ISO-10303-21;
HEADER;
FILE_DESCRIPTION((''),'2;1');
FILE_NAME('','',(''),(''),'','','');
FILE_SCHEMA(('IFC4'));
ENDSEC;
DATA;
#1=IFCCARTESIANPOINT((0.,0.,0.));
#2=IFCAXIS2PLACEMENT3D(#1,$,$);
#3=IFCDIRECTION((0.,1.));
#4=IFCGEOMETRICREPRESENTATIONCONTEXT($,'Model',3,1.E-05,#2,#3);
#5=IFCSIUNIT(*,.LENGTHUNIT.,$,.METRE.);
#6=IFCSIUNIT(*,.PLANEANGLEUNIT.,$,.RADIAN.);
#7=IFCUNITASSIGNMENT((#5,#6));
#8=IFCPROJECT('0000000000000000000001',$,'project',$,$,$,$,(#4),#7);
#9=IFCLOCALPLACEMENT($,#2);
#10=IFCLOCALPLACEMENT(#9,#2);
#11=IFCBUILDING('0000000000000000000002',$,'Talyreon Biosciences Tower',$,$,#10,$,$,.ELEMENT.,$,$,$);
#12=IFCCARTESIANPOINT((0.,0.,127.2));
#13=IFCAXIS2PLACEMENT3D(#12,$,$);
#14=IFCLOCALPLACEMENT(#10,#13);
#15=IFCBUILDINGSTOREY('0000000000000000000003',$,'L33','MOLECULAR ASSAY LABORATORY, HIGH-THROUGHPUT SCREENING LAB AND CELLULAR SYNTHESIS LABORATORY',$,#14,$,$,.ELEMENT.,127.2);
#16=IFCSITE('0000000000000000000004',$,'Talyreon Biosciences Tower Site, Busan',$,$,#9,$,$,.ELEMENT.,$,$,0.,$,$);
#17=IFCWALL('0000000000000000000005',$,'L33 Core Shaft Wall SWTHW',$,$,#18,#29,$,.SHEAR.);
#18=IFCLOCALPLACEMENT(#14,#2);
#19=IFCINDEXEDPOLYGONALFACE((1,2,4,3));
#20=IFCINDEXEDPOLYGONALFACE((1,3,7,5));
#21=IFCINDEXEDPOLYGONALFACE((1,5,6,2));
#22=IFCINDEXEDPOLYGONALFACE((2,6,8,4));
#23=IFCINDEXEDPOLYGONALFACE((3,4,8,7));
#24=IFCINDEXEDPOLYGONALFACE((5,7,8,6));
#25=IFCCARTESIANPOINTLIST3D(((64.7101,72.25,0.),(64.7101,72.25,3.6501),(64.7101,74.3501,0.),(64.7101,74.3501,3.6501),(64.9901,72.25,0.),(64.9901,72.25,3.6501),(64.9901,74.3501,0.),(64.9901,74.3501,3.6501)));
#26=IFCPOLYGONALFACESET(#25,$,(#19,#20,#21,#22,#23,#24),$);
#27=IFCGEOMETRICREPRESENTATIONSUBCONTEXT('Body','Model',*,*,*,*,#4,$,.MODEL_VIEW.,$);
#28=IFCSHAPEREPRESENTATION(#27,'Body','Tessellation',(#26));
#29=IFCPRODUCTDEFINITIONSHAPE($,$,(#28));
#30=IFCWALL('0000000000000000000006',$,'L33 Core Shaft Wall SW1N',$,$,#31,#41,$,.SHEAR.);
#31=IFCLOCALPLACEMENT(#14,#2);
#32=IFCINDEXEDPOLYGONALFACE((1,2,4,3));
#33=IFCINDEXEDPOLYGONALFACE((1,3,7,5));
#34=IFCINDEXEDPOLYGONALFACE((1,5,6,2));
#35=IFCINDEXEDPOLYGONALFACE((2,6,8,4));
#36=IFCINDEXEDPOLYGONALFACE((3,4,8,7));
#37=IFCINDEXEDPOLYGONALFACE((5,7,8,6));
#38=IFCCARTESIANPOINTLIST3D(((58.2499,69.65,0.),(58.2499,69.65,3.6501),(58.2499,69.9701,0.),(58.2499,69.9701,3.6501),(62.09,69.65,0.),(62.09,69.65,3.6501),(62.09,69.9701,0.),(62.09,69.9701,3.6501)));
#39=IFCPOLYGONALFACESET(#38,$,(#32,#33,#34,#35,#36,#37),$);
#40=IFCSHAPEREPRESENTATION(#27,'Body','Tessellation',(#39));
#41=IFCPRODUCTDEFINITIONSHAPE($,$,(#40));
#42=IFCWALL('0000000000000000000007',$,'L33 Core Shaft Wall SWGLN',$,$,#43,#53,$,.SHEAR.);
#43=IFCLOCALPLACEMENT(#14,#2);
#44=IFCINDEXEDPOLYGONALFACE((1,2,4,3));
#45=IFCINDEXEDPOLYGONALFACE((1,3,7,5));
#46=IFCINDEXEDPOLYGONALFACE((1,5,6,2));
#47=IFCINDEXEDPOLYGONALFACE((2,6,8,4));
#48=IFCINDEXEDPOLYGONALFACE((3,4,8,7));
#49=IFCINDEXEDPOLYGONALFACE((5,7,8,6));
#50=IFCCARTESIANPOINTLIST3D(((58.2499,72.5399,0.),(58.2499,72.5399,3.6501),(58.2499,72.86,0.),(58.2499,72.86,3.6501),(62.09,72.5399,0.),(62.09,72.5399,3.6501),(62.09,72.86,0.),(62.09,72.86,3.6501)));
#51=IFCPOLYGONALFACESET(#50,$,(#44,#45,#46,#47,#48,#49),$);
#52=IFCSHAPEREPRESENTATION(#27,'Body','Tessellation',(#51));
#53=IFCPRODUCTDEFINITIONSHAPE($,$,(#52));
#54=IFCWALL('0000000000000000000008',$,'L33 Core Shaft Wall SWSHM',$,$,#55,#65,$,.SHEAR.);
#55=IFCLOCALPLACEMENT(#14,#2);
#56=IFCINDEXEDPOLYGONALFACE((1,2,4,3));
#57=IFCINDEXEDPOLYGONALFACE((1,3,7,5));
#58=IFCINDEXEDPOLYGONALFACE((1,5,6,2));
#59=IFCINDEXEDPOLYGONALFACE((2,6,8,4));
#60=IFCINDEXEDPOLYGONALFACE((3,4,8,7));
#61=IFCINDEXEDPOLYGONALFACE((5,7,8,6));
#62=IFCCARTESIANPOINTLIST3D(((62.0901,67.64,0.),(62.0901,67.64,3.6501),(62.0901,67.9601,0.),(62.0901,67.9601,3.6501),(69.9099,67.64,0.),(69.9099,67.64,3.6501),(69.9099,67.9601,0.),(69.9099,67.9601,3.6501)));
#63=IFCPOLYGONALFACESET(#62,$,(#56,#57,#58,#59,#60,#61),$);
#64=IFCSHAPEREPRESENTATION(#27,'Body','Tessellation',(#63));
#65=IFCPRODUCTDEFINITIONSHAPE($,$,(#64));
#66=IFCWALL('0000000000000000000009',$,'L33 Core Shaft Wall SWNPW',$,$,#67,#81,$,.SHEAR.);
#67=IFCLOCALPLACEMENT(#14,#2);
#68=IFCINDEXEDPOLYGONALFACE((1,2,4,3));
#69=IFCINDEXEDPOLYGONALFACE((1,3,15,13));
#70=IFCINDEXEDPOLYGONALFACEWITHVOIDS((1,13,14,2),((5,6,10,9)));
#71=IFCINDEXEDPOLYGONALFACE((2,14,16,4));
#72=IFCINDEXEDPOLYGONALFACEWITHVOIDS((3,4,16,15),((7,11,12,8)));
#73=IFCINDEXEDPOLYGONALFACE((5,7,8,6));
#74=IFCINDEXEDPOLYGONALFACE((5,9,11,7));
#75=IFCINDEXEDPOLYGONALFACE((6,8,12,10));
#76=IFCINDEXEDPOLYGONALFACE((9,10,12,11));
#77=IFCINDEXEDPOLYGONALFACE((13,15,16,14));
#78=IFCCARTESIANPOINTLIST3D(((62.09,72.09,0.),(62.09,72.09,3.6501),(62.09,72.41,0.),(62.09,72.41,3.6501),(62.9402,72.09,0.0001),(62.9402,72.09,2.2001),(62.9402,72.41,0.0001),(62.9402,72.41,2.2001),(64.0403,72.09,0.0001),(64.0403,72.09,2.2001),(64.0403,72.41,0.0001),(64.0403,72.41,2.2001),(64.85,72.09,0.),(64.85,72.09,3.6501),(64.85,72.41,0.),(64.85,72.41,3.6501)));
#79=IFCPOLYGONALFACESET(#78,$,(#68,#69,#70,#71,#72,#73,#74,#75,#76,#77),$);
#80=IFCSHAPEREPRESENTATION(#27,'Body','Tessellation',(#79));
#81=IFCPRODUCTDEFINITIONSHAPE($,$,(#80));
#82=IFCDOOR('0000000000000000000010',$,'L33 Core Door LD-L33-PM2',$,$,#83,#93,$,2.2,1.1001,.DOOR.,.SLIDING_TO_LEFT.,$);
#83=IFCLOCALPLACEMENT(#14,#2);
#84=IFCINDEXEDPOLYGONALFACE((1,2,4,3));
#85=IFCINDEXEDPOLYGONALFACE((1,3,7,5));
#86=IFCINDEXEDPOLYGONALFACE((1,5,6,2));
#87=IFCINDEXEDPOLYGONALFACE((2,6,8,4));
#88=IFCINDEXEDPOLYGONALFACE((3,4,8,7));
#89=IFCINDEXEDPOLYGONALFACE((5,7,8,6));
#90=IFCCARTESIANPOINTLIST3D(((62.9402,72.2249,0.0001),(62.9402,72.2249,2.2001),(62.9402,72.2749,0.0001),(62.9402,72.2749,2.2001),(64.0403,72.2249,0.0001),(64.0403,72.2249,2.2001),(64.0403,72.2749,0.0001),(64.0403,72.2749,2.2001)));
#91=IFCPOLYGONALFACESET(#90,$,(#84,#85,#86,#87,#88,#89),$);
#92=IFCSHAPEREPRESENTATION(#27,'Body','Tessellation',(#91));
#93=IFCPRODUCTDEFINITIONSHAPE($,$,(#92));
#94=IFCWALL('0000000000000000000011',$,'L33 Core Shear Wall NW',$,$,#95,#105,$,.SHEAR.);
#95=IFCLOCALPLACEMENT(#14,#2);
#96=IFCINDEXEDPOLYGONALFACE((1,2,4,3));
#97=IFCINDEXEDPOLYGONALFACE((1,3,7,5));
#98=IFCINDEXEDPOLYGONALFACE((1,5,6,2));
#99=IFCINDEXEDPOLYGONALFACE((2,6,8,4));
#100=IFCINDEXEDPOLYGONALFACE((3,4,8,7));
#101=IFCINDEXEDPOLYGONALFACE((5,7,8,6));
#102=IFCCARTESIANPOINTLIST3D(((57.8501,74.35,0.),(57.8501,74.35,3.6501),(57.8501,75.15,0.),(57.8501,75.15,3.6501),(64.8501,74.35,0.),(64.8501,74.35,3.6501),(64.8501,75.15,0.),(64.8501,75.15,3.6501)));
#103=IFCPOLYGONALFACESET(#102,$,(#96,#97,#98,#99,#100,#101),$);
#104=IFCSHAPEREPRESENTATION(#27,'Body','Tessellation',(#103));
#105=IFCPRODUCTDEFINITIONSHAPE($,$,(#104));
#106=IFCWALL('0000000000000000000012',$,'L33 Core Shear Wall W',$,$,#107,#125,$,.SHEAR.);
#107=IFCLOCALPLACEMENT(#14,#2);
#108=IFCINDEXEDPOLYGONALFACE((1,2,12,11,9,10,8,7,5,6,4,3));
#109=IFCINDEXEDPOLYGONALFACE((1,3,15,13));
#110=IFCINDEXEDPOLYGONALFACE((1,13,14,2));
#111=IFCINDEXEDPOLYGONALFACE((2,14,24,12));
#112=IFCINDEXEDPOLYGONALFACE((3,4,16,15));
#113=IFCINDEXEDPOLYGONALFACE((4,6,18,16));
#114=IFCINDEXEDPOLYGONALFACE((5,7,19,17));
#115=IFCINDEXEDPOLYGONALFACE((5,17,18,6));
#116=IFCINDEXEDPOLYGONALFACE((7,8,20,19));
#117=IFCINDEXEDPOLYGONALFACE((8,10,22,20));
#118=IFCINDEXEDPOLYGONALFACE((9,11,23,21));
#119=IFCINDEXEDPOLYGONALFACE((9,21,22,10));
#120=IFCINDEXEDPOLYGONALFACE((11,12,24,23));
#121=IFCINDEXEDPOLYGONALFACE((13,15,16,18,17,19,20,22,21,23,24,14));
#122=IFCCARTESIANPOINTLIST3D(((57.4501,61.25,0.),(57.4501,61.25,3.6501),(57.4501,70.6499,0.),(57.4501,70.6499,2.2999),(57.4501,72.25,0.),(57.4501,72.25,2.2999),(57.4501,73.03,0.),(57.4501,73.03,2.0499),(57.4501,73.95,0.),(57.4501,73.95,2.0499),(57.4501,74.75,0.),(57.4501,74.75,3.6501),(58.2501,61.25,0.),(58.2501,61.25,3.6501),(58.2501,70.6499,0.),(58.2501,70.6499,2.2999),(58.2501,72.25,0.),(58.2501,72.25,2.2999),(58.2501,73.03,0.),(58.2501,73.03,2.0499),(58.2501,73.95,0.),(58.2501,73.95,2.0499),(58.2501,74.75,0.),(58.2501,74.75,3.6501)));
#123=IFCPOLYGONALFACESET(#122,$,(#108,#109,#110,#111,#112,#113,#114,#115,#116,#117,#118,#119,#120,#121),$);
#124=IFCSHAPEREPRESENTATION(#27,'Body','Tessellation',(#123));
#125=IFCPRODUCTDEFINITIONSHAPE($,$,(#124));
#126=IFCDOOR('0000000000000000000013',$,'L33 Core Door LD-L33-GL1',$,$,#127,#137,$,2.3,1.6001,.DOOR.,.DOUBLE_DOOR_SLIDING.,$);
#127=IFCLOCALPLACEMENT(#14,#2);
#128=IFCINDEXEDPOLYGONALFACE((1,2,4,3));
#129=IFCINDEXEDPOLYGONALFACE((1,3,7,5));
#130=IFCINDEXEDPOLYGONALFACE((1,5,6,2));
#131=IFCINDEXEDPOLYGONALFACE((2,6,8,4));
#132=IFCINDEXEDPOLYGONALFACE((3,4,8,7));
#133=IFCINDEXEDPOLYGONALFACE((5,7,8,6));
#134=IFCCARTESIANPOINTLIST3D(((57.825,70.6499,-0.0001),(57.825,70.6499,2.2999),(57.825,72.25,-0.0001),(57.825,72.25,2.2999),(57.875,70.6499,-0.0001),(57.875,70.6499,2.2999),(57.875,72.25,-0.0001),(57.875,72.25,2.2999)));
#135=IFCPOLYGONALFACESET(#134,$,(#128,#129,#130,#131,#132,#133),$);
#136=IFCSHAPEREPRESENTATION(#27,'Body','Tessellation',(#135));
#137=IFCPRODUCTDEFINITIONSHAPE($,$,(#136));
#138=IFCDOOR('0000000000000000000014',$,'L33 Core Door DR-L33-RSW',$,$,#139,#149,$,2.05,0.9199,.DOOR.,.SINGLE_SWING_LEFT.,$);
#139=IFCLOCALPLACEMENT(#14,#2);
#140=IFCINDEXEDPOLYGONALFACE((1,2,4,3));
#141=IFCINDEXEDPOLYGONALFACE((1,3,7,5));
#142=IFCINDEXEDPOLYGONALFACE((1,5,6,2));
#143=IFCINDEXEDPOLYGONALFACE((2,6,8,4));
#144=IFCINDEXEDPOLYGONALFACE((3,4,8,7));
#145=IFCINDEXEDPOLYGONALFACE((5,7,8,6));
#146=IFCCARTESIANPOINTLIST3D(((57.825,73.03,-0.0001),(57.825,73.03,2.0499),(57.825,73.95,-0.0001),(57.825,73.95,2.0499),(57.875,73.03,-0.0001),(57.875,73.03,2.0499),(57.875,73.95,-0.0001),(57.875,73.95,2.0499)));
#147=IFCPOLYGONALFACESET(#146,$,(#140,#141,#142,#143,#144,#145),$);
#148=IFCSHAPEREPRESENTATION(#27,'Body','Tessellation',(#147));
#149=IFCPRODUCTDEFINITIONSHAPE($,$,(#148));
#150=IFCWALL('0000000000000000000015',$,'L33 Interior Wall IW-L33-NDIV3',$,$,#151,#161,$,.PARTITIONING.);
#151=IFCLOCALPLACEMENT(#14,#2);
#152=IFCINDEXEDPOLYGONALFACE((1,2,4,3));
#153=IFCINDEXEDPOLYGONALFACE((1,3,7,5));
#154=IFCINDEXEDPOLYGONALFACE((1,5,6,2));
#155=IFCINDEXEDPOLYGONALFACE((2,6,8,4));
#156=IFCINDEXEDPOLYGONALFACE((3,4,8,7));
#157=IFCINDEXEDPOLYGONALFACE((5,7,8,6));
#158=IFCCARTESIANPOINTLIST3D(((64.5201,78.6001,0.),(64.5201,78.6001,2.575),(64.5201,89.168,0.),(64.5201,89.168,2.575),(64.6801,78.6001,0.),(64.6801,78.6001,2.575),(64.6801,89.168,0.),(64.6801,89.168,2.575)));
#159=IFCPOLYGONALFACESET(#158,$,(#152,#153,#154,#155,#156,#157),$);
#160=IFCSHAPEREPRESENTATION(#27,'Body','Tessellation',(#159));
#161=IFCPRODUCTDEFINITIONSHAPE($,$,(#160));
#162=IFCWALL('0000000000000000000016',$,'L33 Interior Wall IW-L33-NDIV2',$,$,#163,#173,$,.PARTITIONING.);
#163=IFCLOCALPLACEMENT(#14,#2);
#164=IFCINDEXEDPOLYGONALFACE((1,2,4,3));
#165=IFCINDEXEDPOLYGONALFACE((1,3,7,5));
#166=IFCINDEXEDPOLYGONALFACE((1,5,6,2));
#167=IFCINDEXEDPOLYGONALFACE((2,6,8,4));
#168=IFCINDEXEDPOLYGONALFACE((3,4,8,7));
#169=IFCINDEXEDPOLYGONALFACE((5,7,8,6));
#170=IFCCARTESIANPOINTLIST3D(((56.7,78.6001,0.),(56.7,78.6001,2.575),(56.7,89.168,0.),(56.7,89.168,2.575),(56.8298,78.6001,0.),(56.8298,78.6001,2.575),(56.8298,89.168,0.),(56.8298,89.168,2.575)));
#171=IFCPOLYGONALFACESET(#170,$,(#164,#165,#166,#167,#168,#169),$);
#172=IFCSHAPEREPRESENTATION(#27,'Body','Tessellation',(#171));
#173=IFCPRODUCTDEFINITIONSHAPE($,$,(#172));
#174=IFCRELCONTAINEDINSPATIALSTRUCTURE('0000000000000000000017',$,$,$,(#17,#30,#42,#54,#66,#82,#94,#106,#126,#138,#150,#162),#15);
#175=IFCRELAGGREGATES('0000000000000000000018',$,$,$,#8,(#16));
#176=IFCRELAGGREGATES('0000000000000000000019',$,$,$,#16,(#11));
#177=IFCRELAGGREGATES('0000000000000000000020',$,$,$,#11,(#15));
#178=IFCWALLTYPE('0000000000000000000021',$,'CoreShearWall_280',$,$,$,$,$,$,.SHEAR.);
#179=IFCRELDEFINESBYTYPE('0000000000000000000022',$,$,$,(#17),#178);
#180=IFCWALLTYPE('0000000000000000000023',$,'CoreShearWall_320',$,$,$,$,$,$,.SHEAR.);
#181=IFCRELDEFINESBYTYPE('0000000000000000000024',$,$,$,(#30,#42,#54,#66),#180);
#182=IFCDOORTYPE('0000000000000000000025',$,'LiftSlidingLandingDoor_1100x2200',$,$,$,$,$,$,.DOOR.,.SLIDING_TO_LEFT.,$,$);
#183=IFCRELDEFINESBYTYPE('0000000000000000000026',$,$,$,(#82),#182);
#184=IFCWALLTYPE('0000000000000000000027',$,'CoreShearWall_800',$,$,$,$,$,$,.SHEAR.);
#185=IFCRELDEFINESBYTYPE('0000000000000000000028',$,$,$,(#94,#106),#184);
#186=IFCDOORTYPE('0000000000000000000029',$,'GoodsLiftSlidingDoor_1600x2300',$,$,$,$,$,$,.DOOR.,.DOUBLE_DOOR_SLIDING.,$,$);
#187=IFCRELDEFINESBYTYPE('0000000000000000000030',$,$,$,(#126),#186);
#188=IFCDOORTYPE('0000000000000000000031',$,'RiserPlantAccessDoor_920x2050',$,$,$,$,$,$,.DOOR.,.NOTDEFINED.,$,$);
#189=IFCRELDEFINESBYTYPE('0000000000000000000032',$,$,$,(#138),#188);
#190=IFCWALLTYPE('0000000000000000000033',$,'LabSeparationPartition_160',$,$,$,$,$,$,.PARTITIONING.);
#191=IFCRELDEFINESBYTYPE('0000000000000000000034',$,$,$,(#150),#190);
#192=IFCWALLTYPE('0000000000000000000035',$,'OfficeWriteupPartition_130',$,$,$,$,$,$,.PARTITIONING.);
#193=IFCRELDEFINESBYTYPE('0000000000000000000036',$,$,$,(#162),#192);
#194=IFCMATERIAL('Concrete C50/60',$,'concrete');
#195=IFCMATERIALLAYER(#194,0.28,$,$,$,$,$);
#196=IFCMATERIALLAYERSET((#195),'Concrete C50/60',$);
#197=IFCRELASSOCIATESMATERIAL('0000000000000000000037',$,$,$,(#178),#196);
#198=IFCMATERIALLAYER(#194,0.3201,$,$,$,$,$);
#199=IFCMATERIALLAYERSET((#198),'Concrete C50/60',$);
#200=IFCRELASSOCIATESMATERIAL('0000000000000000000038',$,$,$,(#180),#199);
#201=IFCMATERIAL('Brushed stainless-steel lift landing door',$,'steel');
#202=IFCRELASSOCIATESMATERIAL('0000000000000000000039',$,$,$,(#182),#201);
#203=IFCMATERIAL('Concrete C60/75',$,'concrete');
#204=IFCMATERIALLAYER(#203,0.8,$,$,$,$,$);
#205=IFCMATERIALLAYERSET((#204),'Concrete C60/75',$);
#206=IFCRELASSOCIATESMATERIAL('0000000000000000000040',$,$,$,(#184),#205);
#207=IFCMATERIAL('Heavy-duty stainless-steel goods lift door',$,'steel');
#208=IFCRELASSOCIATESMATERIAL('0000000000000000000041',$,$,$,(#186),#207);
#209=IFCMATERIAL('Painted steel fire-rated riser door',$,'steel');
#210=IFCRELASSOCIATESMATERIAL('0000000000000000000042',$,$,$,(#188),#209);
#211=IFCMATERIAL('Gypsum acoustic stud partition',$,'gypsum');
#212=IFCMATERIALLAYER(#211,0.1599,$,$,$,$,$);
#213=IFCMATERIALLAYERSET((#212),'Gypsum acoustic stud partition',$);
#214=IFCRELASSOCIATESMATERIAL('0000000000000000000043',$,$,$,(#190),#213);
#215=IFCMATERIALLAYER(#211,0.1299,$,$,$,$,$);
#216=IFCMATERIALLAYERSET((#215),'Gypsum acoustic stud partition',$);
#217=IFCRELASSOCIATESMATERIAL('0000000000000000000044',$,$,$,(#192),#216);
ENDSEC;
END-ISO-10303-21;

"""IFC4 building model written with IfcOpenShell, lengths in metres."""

from ifc_helpers import new_model, si_unit, direction, frame, frame_2d, origin, place, context, subcontext, project, spatial, rectangle, extrude, material, layer, layer_set, type_object, element, fill, save


model = new_model("IFC4")

# Units and contexts
model_context = context("Model", 3, precision=1e-05, world=origin(), true_north=direction((0.0, 1.0)))
body_context = subcontext(model_context, "Body", "Model", "MODEL_VIEW")
ifc_project = project(units=[si_unit("LENGTHUNIT", "METRE"), si_unit("PLANEANGLEUNIT", "RADIAN")], contexts=[model_context])

# Site, building, storey
site_placement = place(None, origin())
site = spatial("IfcSite", under=ifc_project, at=site_placement, Name="Talyreon Biosciences Tower Site, Busan", CompositionType="ELEMENT", RefElevation=0.0)
building_placement = place(site_placement, origin())
building = spatial("IfcBuilding", under=site, at=building_placement, Name="Talyreon Biosciences Tower", CompositionType="ELEMENT")
storey_placement = place(building_placement, frame((0.0, 0.0, 127.2)))
storey = spatial("IfcBuildingStorey", under=building, at=storey_placement, Name="L33", Description="MOLECULAR ASSAY LABORATORY, HIGH-THROUGHPUT SCREENING LAB AND CELLULAR SYNTHESIS LABORATORY", CompositionType="ELEMENT", Elevation=127.2)

# Shared definitions
ifc_material_1 = material(Name="Concrete C50/60", Category="concrete")

# Shared definitions
ifc_material_2 = material(Name="Concrete C60/75", Category="concrete")

# Walls
ifc_layer_1 = layer(ifc_material_1, 0.28)
ifc_layer_set_1 = layer_set([ifc_layer_1], Name="Concrete C50/60")
wall_type_1 = type_object("IfcWallType", Name="CoreShearWall_280", PredefinedType="SHEAR", material=ifc_layer_set_1)
wall_1_placement = place(storey_placement, frame((64.8501, 72.25, 0.0), z_axis=(0.0, 0.0, 1.0), x_axis=(0.0, 1.0, 0.0)))
element("IfcWall", 1, at=wall_1_placement, inside=storey, type_object=wall_type_1, Name="L33 Core Shaft Wall SWTHW", PredefinedType="SHEAR", context=body_context, shape_type="SweptSolid", body=[
    extrude(rectangle(XDim=2.1001, YDim=0.28, at=frame_2d((1.05, 0.0))), origin(), (0.0, 0.0, 1.0), 3.6501),
])
ifc_layer_2 = layer(ifc_material_1, 0.3201)
ifc_layer_set_2 = layer_set([ifc_layer_2], Name="Concrete C50/60")
wall_type_2 = type_object("IfcWallType", Name="CoreShearWall_320", PredefinedType="SHEAR", material=ifc_layer_set_2)
for number, where, z_axis, x_axis, name in (
    (2, (58.25, 69.8101, 0.0), (0.0, 0.0, 1.0), (1.0, 0.0, 0.0), "L33 Core Shaft Wall SW1N"),
    (3, (58.25, 72.7, 0.0), (0.0, 0.0, 1.0), (1.0, 0.0, 0.0), "L33 Core Shaft Wall SWGLN"),
):
    element("IfcWall", number, at=place(storey_placement, frame(where, z_axis=z_axis, x_axis=x_axis)), inside=storey, type_object=wall_type_2, Name=name, PredefinedType="SHEAR", context=body_context, shape_type="SweptSolid", body=[
        extrude(rectangle(XDim=3.8401, YDim=0.3201, at=frame_2d((1.9199, 0.0))), origin(), (0.0, 0.0, 1.0), 3.6501),
    ])
wall_2_placement = place(storey_placement, frame((62.0901, 67.8, 0.0), z_axis=(0.0, 0.0, 1.0), x_axis=(1.0, 0.0, 0.0)))
element("IfcWall", 4, at=wall_2_placement, inside=storey, type_object=wall_type_2, Name="L33 Core Shaft Wall SWSHM", PredefinedType="SHEAR", context=body_context, shape_type="SweptSolid", body=[
    extrude(rectangle(XDim=7.8198, YDim=0.3201, at=frame_2d((3.9099, 0.0))), origin(), (0.0, 0.0, 1.0), 3.6501),
])

# Shared definitions
ifc_material_3 = material(Name="Brushed stainless-steel lift landing door", Category="steel")
door_type_1 = type_object("IfcDoorType", Name="LiftSlidingLandingDoor_1100x2200", OperationType="SLIDING_TO_LEFT", PredefinedType="DOOR", material=ifc_material_3)

# Wall, opening, door
wall_3_placement = place(storey_placement, frame((62.0901, 72.25, 0.0), z_axis=(0.0, 0.0, 1.0), x_axis=(1.0, 0.0, 0.0)))
wall_3 = element("IfcWall", 5, at=wall_3_placement, inside=storey, type_object=wall_type_2, Name="L33 Core Shaft Wall SWNPW", PredefinedType="SHEAR", context=body_context, shape_type="SweptSolid", body=[
    extrude(rectangle(XDim=2.76, YDim=0.3201, at=frame_2d((1.3799, 0.0))), origin(), (0.0, 0.0, 1.0), 3.6501),
])
opening_1_placement = place(wall_3_placement, frame((0.8501, 0.0, 0.0)))
opening_1 = element("IfcOpeningElement", 6, at=opening_1_placement, cuts=wall_3, PredefinedType="OPENING", context=body_context, shape_type="SweptSolid", body=[
    extrude(rectangle(XDim=1.1001, YDim=2.2, at=frame_2d((0.55, 1.1001))), frame((0.0, 0.1699, 0.0), z_axis=(0.0, -1.0, 0.0), x_axis=(1.0, 0.0, 0.0)), (0.0, 0.0, 1.0), 0.3401),
])
door_1_placement = place(opening_1_placement, origin())
door_1 = element("IfcDoor", 7, at=door_1_placement, inside=storey, type_object=door_type_1, Name="L33 Core Door LD-L33-PM2", OperationType="SLIDING_TO_LEFT", OverallHeight=2.2, OverallWidth=1.1001, PredefinedType="DOOR", context=body_context, shape_type="SweptSolid", body=[
    extrude(rectangle(XDim=1.1001, YDim=2.2, at=frame_2d((0.55, 1.1001))), frame((0.0, 0.0249, 0.0), z_axis=(0.0, -1.0, 0.0), x_axis=(1.0, 0.0, 0.0)), (0.0, 0.0, 1.0), 0.05),
])
fill(opening_1, door_1)

# Wall
ifc_layer_3 = layer(ifc_material_2, 0.8)
ifc_layer_set_3 = layer_set([ifc_layer_3], Name="Concrete C60/75")
wall_type_3 = type_object("IfcWallType", Name="CoreShearWall_800", PredefinedType="SHEAR", material=ifc_layer_set_3)
wall_4_placement = place(storey_placement, frame((64.8501, 74.75, 0.0), z_axis=(0.0, 0.0, 1.0), x_axis=(-1.0, 0.0, 0.0)))
element("IfcWall", 8, at=wall_4_placement, inside=storey, type_object=wall_type_3, Name="L33 Core Shear Wall NW", PredefinedType="SHEAR", context=body_context, shape_type="SweptSolid", body=[
    extrude(rectangle(XDim=7.0, YDim=0.8, at=frame_2d((3.5, 0.0))), origin(), (0.0, 0.0, 1.0), 3.6501),
])

# Wall, openings, doors
wall_5_placement = place(storey_placement, frame((57.8501, 74.75, 0.0), z_axis=(0.0, 0.0, 1.0), x_axis=(0.0, -1.0, 0.0)))
wall_5 = element("IfcWall", 9, at=wall_5_placement, inside=storey, type_object=wall_type_3, Name="L33 Core Shear Wall W", PredefinedType="SHEAR", context=body_context, shape_type="SweptSolid", body=[
    extrude(rectangle(XDim=13.5, YDim=0.8, at=frame_2d((6.75, 0.0))), origin(), (0.0, 0.0, 1.0), 3.6501),
])
opening_2_placement = place(wall_5_placement, frame((0.8, 0.0, 0.0)))
opening_2 = element("IfcOpeningElement", 10, at=opening_2_placement, cuts=wall_5, PredefinedType="OPENING", context=body_context, shape_type="SweptSolid", body=[
    extrude(rectangle(XDim=0.9199, YDim=2.05, at=frame_2d((0.46, 1.0249))), frame((0.0, 0.4099, 0.0), z_axis=(0.0, -1.0, 0.0), x_axis=(1.0, 0.0, 0.0)), (0.0, 0.0, 1.0), 0.8201),
])
opening_3_placement = place(wall_5_placement, frame((2.5, 0.0, 0.0)))
opening_3 = element("IfcOpeningElement", 11, at=opening_3_placement, cuts=wall_5, PredefinedType="OPENING", context=body_context, shape_type="SweptSolid", body=[
    extrude(rectangle(XDim=1.6001, YDim=2.3, at=frame_2d((0.8, 1.1499))), frame((0.0, 0.4099, 0.0), z_axis=(0.0, -1.0, 0.0), x_axis=(1.0, 0.0, 0.0)), (0.0, 0.0, 1.0), 0.8201),
])
ifc_material_4 = material(Name="Heavy-duty stainless-steel goods lift door", Category="steel")
door_type_2 = type_object("IfcDoorType", Name="GoodsLiftSlidingDoor_1600x2300", OperationType="DOUBLE_DOOR_SLIDING", PredefinedType="DOOR", material=ifc_material_4)
door_2_placement = place(opening_3_placement, origin())
door_2 = element("IfcDoor", 12, at=door_2_placement, inside=storey, type_object=door_type_2, Name="L33 Core Door LD-L33-GL1", OperationType="DOUBLE_DOOR_SLIDING", OverallHeight=2.3, OverallWidth=1.6001, PredefinedType="DOOR", context=body_context, shape_type="SweptSolid", body=[
    extrude(rectangle(XDim=1.6001, YDim=2.3, at=frame_2d((0.8, 1.1499))), frame((0.0, 0.0249, 0.0), z_axis=(0.0, -1.0, 0.0), x_axis=(1.0, 0.0, 0.0)), (0.0, 0.0, 1.0), 0.05),
])
fill(opening_3, door_2)
ifc_material_5 = material(Name="Painted steel fire-rated riser door", Category="steel")
door_type_3 = type_object("IfcDoorType", Name="RiserPlantAccessDoor_920x2050", OperationType="NOTDEFINED", PredefinedType="DOOR", material=ifc_material_5)
door_3_placement = place(opening_2_placement, origin())
door_3 = element("IfcDoor", 13, at=door_3_placement, inside=storey, type_object=door_type_3, Name="L33 Core Door DR-L33-RSW", OperationType="SINGLE_SWING_LEFT", OverallHeight=2.05, OverallWidth=0.9199, PredefinedType="DOOR", context=body_context, shape_type="SweptSolid", body=[
    extrude(rectangle(XDim=0.9199, YDim=2.05, at=frame_2d((0.46, 1.0249))), frame((0.0, 0.0249, 0.0), z_axis=(0.0, -1.0, 0.0), x_axis=(1.0, 0.0, 0.0)), (0.0, 0.0, 1.0), 0.05),
])
fill(opening_2, door_3)

# Walls
ifc_material_6 = material(Name="Gypsum acoustic stud partition", Category="gypsum")
ifc_layer_4 = layer(ifc_material_6, 0.1599)
ifc_layer_set_4 = layer_set([ifc_layer_4], Name="Gypsum acoustic stud partition")
wall_type_4 = type_object("IfcWallType", Name="LabSeparationPartition_160", PredefinedType="PARTITIONING", material=ifc_layer_set_4)
wall_6_placement = place(storey_placement, frame((64.6001, 78.6001, 0.0), z_axis=(0.0, 0.0, 1.0), x_axis=(0.0, 1.0, 0.0)))
element("IfcWall", 14, at=wall_6_placement, inside=storey, type_object=wall_type_4, Name="L33 Interior Wall IW-L33-NDIV3", PredefinedType="PARTITIONING", context=body_context, shape_type="SweptSolid", body=[
    extrude(rectangle(XDim=10.5679, YDim=0.1599, at=frame_2d((5.2839, 0.0))), origin(), (0.0, 0.0, 1.0), 2.575),
])
ifc_layer_5 = layer(ifc_material_6, 0.1299)
ifc_layer_set_5 = layer_set([ifc_layer_5], Name="Gypsum acoustic stud partition")
wall_type_5 = type_object("IfcWallType", Name="OfficeWriteupPartition_130", PredefinedType="PARTITIONING", material=ifc_layer_set_5)
wall_7_placement = place(storey_placement, frame((56.7649, 78.6001, 0.0), z_axis=(0.0, 0.0, 1.0), x_axis=(0.0, 1.0, 0.0)))
element("IfcWall", 15, at=wall_7_placement, inside=storey, type_object=wall_type_5, Name="L33 Interior Wall IW-L33-NDIV2", PredefinedType="PARTITIONING", context=body_context, shape_type="SweptSolid", body=[
    extrude(rectangle(XDim=10.5679, YDim=0.1299, at=frame_2d((5.2839, 0.0))), origin(), (0.0, 0.0, 1.0), 2.575),
])

save(model, "model.ifc")
